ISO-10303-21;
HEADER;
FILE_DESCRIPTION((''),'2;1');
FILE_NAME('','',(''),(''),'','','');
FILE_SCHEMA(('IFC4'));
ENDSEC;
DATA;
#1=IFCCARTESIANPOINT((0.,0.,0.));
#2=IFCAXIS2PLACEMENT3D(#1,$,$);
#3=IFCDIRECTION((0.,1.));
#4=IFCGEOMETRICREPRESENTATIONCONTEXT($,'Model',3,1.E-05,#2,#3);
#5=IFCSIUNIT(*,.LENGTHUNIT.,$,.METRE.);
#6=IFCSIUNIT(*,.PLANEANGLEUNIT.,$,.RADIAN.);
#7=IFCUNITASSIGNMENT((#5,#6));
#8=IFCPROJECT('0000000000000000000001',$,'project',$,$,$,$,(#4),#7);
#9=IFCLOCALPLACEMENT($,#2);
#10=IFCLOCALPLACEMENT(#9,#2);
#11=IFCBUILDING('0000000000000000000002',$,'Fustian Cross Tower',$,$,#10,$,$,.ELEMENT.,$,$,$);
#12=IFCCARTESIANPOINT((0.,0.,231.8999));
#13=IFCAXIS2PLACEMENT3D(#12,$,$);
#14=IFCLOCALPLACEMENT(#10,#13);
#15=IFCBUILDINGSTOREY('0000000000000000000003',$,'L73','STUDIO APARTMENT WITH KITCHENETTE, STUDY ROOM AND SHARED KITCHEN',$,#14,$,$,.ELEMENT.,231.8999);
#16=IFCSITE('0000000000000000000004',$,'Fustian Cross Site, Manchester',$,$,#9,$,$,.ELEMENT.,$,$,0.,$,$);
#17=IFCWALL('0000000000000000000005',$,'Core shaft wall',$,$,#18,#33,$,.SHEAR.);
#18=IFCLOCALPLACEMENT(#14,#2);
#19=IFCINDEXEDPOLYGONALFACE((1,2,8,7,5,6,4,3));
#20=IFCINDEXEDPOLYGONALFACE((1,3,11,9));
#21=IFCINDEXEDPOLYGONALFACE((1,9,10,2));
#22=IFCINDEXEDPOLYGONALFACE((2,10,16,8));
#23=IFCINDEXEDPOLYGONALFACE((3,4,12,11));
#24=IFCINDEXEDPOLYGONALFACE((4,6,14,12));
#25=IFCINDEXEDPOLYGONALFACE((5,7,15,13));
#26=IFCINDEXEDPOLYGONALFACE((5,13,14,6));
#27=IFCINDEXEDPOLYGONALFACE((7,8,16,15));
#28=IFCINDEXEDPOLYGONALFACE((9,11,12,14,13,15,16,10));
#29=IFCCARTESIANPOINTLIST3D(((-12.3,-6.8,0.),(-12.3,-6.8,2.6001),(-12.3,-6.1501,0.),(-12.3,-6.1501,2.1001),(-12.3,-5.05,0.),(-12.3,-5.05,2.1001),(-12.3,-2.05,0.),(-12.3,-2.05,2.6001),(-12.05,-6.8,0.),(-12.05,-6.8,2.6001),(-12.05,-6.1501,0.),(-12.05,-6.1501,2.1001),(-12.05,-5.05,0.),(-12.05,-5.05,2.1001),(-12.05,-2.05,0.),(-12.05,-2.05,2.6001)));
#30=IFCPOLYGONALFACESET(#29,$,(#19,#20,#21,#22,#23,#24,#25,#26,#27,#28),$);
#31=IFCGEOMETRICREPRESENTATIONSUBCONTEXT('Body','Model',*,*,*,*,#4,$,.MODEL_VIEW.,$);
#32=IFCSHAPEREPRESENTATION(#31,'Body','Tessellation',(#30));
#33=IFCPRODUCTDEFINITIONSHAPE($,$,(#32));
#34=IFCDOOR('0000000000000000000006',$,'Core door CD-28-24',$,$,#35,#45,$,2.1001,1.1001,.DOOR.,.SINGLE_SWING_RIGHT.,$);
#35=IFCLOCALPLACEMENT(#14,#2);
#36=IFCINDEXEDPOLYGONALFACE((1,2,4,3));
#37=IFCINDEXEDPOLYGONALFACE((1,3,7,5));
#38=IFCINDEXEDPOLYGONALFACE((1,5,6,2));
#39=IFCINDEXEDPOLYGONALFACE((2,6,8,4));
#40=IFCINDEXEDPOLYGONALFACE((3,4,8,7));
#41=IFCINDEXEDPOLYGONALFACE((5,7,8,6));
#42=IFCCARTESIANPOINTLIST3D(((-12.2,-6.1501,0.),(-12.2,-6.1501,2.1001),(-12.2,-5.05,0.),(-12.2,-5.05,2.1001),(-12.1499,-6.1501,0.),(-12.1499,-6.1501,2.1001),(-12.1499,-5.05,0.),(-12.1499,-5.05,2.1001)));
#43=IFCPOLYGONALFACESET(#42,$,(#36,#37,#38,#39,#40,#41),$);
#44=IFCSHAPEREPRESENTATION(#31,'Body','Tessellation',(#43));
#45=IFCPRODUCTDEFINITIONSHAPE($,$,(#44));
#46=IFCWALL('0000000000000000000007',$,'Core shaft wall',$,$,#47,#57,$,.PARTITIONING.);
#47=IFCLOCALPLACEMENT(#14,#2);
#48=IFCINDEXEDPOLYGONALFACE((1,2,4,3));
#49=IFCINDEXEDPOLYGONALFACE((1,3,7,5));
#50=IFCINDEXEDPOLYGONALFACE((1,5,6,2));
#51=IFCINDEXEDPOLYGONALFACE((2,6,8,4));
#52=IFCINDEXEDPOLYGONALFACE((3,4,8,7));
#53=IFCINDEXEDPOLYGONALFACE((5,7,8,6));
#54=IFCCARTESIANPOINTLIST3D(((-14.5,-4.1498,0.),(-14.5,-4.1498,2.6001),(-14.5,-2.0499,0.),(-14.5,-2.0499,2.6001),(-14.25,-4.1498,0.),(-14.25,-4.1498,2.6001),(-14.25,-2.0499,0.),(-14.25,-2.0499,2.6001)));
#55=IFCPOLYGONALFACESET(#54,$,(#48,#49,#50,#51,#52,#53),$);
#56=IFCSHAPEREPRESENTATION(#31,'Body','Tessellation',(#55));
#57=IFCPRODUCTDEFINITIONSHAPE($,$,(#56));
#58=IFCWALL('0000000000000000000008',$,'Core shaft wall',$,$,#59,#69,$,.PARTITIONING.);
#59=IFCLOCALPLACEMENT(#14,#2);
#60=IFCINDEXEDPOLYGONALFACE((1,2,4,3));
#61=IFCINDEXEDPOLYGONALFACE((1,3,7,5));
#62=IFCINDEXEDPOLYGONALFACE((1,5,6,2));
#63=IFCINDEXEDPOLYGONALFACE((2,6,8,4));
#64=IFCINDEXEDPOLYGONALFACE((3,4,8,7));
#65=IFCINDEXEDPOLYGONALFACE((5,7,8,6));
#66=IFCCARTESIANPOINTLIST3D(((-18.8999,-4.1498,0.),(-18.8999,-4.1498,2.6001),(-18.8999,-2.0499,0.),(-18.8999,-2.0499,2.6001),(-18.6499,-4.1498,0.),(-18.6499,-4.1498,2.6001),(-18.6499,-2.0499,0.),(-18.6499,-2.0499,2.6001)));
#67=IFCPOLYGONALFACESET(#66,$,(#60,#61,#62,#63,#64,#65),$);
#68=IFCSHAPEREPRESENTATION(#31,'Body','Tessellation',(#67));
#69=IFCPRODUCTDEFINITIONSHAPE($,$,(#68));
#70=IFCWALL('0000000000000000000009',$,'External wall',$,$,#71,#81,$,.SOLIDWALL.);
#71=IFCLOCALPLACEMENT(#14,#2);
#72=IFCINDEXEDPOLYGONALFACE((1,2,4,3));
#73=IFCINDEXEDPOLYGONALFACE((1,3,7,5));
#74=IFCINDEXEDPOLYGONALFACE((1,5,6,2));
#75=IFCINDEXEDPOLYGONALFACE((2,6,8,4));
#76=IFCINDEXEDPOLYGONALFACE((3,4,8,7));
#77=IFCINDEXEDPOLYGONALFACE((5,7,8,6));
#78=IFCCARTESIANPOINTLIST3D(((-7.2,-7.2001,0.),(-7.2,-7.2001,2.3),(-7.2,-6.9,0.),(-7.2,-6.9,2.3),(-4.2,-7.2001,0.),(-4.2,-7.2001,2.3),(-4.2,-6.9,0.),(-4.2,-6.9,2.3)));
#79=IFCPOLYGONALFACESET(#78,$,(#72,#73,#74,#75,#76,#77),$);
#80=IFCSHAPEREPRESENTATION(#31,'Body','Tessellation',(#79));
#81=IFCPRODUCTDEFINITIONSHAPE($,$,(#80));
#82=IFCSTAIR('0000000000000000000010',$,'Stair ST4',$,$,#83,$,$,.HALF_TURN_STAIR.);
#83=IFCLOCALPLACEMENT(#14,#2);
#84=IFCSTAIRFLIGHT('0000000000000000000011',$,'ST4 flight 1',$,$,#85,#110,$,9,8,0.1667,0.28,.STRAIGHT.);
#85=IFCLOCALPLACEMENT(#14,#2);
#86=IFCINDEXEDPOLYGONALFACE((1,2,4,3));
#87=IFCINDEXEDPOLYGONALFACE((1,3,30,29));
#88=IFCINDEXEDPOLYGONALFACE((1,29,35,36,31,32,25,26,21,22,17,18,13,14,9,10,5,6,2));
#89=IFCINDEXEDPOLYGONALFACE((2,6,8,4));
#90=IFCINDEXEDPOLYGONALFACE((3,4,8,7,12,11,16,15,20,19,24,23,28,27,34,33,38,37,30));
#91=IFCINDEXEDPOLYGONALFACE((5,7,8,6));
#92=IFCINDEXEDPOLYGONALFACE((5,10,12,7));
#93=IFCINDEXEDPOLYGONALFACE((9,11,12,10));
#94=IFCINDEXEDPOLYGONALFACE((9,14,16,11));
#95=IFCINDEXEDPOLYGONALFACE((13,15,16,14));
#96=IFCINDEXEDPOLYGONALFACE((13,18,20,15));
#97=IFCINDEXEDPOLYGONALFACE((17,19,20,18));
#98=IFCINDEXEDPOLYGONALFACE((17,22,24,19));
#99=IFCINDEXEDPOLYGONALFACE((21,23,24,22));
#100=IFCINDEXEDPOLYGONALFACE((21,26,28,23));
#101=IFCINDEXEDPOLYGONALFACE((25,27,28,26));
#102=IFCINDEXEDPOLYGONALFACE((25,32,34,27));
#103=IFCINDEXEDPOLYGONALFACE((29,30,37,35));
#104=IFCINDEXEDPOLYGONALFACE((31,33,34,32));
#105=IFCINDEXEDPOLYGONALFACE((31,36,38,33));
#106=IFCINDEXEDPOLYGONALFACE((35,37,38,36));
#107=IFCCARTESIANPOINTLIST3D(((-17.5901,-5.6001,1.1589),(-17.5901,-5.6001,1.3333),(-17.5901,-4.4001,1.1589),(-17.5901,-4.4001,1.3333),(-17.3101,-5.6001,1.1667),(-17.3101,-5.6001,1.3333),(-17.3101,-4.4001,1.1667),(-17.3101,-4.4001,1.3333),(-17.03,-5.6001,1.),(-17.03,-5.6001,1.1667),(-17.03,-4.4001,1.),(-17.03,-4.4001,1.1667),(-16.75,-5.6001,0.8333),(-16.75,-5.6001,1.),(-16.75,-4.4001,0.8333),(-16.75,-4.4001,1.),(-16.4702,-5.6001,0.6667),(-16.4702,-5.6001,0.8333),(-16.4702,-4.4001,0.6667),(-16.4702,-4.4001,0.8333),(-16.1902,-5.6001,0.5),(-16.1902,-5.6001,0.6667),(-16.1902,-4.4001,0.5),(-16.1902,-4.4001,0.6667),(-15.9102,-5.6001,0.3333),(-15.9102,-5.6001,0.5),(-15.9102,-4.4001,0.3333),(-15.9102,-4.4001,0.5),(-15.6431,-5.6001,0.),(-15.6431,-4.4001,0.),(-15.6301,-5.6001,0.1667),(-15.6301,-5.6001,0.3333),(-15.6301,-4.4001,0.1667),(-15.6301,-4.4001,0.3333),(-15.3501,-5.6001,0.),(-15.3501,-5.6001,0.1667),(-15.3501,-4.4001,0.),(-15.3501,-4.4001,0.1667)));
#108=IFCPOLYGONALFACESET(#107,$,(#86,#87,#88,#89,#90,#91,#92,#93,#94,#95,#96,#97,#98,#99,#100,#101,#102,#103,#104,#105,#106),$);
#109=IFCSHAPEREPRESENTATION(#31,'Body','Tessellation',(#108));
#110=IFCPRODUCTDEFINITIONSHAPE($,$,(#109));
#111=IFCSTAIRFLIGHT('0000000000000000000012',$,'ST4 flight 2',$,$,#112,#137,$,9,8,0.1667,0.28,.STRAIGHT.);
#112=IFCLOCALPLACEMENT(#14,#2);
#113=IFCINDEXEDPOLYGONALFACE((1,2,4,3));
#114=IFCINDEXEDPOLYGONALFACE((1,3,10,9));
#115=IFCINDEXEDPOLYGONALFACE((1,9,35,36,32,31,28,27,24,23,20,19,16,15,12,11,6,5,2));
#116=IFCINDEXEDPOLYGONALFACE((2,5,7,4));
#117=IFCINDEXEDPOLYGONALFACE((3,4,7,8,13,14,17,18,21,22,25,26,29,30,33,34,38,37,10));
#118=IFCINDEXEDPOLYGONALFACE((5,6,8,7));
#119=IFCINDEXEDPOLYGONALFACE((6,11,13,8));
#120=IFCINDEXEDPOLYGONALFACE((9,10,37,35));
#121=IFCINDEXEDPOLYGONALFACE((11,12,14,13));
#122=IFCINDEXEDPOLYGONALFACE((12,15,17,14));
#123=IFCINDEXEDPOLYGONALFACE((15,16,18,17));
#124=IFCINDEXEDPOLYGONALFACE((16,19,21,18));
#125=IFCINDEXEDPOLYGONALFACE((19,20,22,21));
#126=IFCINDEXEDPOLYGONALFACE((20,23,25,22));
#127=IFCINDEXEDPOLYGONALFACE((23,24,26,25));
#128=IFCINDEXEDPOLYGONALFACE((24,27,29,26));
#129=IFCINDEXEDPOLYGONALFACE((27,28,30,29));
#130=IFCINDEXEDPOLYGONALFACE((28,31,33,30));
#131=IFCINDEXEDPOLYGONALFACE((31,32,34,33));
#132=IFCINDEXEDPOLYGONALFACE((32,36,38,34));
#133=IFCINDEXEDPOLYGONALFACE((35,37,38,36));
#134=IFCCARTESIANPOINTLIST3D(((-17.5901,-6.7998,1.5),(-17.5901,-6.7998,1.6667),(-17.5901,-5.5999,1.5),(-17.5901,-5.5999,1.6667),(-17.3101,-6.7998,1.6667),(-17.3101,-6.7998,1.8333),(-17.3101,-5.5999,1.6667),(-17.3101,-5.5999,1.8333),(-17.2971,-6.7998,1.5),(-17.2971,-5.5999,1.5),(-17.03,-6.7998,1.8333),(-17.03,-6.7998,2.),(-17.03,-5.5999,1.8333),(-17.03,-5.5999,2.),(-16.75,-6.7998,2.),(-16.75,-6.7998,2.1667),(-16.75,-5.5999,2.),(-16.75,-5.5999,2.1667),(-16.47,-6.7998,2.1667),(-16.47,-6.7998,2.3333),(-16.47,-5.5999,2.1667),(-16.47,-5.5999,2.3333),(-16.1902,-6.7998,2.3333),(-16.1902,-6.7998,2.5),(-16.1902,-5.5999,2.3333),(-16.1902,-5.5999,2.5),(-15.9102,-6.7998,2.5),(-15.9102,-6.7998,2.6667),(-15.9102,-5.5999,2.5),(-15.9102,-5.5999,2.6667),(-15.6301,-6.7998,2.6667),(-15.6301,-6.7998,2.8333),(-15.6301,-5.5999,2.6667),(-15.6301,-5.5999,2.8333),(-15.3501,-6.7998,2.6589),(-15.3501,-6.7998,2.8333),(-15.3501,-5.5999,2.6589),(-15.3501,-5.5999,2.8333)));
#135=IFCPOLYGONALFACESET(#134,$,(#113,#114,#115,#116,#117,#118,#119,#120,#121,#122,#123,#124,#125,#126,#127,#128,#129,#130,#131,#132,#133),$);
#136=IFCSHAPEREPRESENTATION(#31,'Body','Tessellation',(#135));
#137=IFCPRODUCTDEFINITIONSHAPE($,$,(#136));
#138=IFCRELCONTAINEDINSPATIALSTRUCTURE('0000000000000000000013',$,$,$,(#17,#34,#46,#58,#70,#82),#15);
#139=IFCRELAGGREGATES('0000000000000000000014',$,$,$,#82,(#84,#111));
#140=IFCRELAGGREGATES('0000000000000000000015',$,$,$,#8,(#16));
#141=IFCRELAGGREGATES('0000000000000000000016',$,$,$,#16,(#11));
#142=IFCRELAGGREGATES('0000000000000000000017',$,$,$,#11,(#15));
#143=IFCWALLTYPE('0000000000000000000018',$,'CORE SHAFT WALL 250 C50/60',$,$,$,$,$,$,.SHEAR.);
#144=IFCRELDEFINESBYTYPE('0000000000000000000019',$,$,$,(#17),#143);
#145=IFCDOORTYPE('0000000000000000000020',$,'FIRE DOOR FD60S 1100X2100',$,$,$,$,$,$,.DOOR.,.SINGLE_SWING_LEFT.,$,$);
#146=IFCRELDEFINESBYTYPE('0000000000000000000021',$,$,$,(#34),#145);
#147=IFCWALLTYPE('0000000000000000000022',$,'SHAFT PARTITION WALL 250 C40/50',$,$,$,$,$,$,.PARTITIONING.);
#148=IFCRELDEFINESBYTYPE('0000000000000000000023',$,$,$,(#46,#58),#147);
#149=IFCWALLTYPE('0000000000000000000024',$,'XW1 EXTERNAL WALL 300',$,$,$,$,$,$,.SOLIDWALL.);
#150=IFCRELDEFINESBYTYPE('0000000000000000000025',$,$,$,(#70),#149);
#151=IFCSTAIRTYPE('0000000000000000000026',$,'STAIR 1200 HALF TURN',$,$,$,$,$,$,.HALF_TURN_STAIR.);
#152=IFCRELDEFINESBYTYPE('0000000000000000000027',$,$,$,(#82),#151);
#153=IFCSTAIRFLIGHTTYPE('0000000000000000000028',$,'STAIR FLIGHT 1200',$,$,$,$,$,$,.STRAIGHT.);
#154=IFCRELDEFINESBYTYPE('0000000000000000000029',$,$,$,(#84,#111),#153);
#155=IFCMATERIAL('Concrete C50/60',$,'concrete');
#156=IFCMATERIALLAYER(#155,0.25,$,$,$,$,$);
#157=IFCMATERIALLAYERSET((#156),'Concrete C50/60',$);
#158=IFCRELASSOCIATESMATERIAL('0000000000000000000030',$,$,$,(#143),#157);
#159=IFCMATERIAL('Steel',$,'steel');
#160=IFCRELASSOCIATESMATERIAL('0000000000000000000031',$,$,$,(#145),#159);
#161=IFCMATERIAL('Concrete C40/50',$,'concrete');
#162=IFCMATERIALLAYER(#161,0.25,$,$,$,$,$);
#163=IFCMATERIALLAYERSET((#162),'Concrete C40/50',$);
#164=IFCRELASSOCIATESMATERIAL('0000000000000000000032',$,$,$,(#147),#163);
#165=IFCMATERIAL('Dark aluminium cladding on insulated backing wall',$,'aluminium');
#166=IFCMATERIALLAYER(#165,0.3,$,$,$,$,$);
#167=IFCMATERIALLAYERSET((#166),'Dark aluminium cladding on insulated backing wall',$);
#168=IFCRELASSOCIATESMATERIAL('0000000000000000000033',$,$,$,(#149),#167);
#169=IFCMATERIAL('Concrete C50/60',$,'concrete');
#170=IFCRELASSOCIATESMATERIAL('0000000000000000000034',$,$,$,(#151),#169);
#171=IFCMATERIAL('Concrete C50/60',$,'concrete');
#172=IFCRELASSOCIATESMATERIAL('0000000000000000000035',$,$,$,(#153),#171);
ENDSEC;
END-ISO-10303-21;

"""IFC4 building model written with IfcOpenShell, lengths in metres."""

from ifc_helpers import new_model, si_unit, direction, frame, frame_2d, origin, place, context, subcontext, project, spatial, polyline, rectangle, outline, extrude, material, layer, layer_set, type_object, element, fill, aggregate, save


model = new_model("IFC4")

# Units and contexts
model_context = context("Model", 3, precision=1e-05, world=origin(), true_north=direction((0.0, 1.0)))
body_context = subcontext(model_context, "Body", "Model", "MODEL_VIEW")
ifc_project = project(units=[si_unit("LENGTHUNIT", "METRE"), si_unit("PLANEANGLEUNIT", "RADIAN")], contexts=[model_context])

# Site, building, storey
site_placement = place(None, origin())
site = spatial("IfcSite", under=ifc_project, at=site_placement, Name="Fustian Cross Site, Manchester", CompositionType="ELEMENT", RefElevation=0.0)
building_placement = place(site_placement, origin())
building = spatial("IfcBuilding", under=site, at=building_placement, Name="Fustian Cross Tower", CompositionType="ELEMENT")
storey_placement = place(building_placement, frame((0.0, 0.0, 231.8999)))
storey = spatial("IfcBuildingStorey", under=building, at=storey_placement, Name="L73", Description="STUDIO APARTMENT WITH KITCHENETTE, STUDY ROOM AND SHARED KITCHEN", CompositionType="ELEMENT", Elevation=231.8999)

# Shared definitions
ifc_material_1 = material(Name="Concrete C50/60", Category="concrete")
ifc_layer_1 = layer(ifc_material_1, 0.25)
ifc_layer_set_1 = layer_set([ifc_layer_1], Name="Concrete C50/60")
wall_type_1 = type_object("IfcWallType", Name="CORE SHAFT WALL 250 C50/60", PredefinedType="SHEAR", material=ifc_layer_set_1)

# Wall, opening, door
wall_1_placement = place(storey_placement, frame((-12.175, -2.05, 0.0), z_axis=(0.0, 0.0, 1.0), x_axis=(0.0, -1.0, 0.0)))
wall_1 = element("IfcWall", 1, at=wall_1_placement, inside=storey, type_object=wall_type_1, Name="Core shaft wall", PredefinedType="SHEAR", context=body_context, shape_type="SweptSolid", body=[
    extrude(rectangle(XDim=4.75, YDim=0.25, at=frame_2d((2.375, 0.0))), origin(), (0.0, 0.0, 1.0), 2.6001),
])
opening_1_placement = place(wall_1_placement, frame((3.0, 0.0, 0.0)))
opening_1 = element("IfcOpeningElement", 2, at=opening_1_placement, cuts=wall_1, PredefinedType="OPENING", context=body_context, shape_type="SweptSolid", body=[
    extrude(rectangle(XDim=1.1001, YDim=2.1001, at=frame_2d((0.55, 1.05))), frame((0.0, 0.135, 0.0), z_axis=(0.0, -1.0, 0.0), x_axis=(1.0, 0.0, 0.0)), (0.0, 0.0, 1.0), 0.27),
])
ifc_material_2 = material(Name="Steel", Category="steel")
door_type_1 = type_object("IfcDoorType", Name="FIRE DOOR FD60S 1100X2100", OperationType="SINGLE_SWING_LEFT", PredefinedType="DOOR", material=ifc_material_2)
door_1_placement = place(opening_1_placement, frame((1.1001, 0.0, 0.0), z_axis=(0.0, 0.0, 1.0), x_axis=(-1.0, 0.0, 0.0)))
door_1 = element("IfcDoor", 3, at=door_1_placement, inside=storey, type_object=door_type_1, Name="Core door CD-28-24", OperationType="SINGLE_SWING_RIGHT", OverallHeight=2.1001, OverallWidth=1.1001, PredefinedType="DOOR", context=body_context, shape_type="SweptSolid", body=[
    extrude(rectangle(XDim=1.1001, YDim=2.1001, at=frame_2d((0.55, 1.05))), frame((0.0, 0.0249, 0.0), z_axis=(0.0, -1.0, 0.0), x_axis=(1.0, 0.0, 0.0)), (0.0, 0.0, 1.0), 0.05),
])
fill(opening_1, door_1)

# Walls
ifc_material_3 = material(Name="Concrete C40/50", Category="concrete")
ifc_layer_2 = layer(ifc_material_3, 0.25)
ifc_layer_set_2 = layer_set([ifc_layer_2], Name="Concrete C40/50")
wall_type_2 = type_object("IfcWallType", Name="SHAFT PARTITION WALL 250 C40/50", PredefinedType="PARTITIONING", material=ifc_layer_set_2)
for number, where, z_axis, x_axis, name in (
    (4, (-14.375, -2.05, 0.0), (0.0, 0.0, 1.0), (0.0, -1.0, 0.0), "Core shaft wall"),
    (5, (-18.7749, -2.05, 0.0), (0.0, 0.0, 1.0), (0.0, -1.0, 0.0), "Core shaft wall"),
):
    element("IfcWall", number, at=place(storey_placement, frame(where, z_axis=z_axis, x_axis=x_axis)), inside=storey, type_object=wall_type_2, Name=name, PredefinedType="PARTITIONING", context=body_context, shape_type="SweptSolid", body=[
        extrude(rectangle(XDim=2.0999, YDim=0.25, at=frame_2d((1.0498, 0.0))), origin(), (0.0, 0.0, 1.0), 2.6001),
    ])
ifc_material_4 = material(Name="Dark aluminium cladding on insulated backing wall", Category="aluminium")
ifc_layer_3 = layer(ifc_material_4, 0.3)
ifc_layer_set_3 = layer_set([ifc_layer_3], Name="Dark aluminium cladding on insulated backing wall")
wall_type_3 = type_object("IfcWallType", Name="XW1 EXTERNAL WALL 300", PredefinedType="SOLIDWALL", material=ifc_layer_set_3)
wall_2_placement = place(storey_placement, frame((-7.2, -7.05, 0.0), z_axis=(0.0, 0.0, 1.0), x_axis=(1.0, 0.0, 0.0)))
element("IfcWall", 6, at=wall_2_placement, inside=storey, type_object=wall_type_3, Name="External wall", PredefinedType="SOLIDWALL", context=body_context, shape_type="SweptSolid", body=[
    extrude(rectangle(XDim=3.0, YDim=0.3, at=frame_2d((1.5, 0.0))), origin(), (0.0, 0.0, 1.0), 2.3),
])

# Stair, stair flights
ifc_material_5 = material(Name="Concrete C50/60", Category="concrete")
stair_type = type_object("IfcStairType", Name="STAIR 1200 HALF TURN", PredefinedType="HALF_TURN_STAIR", material=ifc_material_5)
stair_placement = place(storey_placement, origin())
stair = element("IfcStair", 7, at=stair_placement, inside=storey, type_object=stair_type, Name="Stair ST4", PredefinedType="HALF_TURN_STAIR")
ifc_material_6 = material(Name="Concrete C50/60", Category="concrete")
stair_flight_type = type_object("IfcStairFlightType", Name="STAIR FLIGHT 1200", PredefinedType="STRAIGHT", material=ifc_material_6)
stair_flight_1_placement = place(storey_placement, frame((-15.3501, -5.0, 0.0), z_axis=(0.0, 0.0, 1.0), x_axis=(-1.0, 0.0, 0.0)))
stair_flight_1 = element("IfcStairFlight", 8, at=stair_flight_1_placement, type_object=stair_flight_type, Name="ST4 flight 1", NumberOfRisers=9, NumberOfTreads=8, PredefinedType="STRAIGHT", RiserHeight=0.1667, TreadLength=0.28, context=body_context, shape_type="SweptSolid", body=[
    extrude(outline(polyline([(0.0, 0.0), (0.0, 0.1667), (0.28, 0.1667), (0.28, 0.3333), (0.5601, 0.3333), (0.5601, 0.5), (0.8401, 0.5), (0.8401, 0.6667), (1.1201, 0.6667), (1.1201, 0.8333), (1.3999, 0.8333), (1.3999, 1.0), (1.6799, 1.0), (1.6799, 1.1667), (1.96, 1.1667), (1.96, 1.3333), (2.24, 1.3333), (2.24, 1.5), (2.24, 1.1589), (0.293, 0.0), (0.0, 0.0)])), frame((0.0, 0.6001, 0.0), z_axis=(0.0, -1.0, 0.0), x_axis=(1.0, 0.0, 0.0)), (0.0, 0.0, 1.0), 1.2),
])
stair_flight_2_placement = place(storey_placement, frame((-17.5901, -6.2, 1.5), z_axis=(0.0, 0.0, 1.0), x_axis=(1.0, 0.0, 0.0)))
stair_flight_2 = element("IfcStairFlight", 9, at=stair_flight_2_placement, type_object=stair_flight_type, Name="ST4 flight 2", NumberOfRisers=9, NumberOfTreads=8, PredefinedType="STRAIGHT", RiserHeight=0.1667, TreadLength=0.28, context=body_context, shape_type="SweptSolid", body=[
    extrude(outline(polyline([(0.0, 0.0), (0.0, 0.1667), (0.28, 0.1667), (0.28, 0.3333), (0.5601, 0.3333), (0.5601, 0.5), (0.8401, 0.5), (0.8401, 0.6667), (1.1201, 0.6667), (1.1201, 0.8333), (1.3999, 0.8333), (1.3999, 1.0), (1.6799, 1.0), (1.6799, 1.1667), (1.96, 1.1667), (1.96, 1.3333), (2.24, 1.3333), (2.24, 1.5), (2.24, 1.1589), (0.293, 0.0), (0.0, 0.0)])), frame((0.0, 0.6001, 0.0), z_axis=(0.0, -1.0, 0.0), x_axis=(1.0, 0.0, 0.0)), (0.0, 0.0, 1.0), 1.2),
])
aggregate(stair, [stair_flight_1, stair_flight_2])

save(model, "model.ifc")
